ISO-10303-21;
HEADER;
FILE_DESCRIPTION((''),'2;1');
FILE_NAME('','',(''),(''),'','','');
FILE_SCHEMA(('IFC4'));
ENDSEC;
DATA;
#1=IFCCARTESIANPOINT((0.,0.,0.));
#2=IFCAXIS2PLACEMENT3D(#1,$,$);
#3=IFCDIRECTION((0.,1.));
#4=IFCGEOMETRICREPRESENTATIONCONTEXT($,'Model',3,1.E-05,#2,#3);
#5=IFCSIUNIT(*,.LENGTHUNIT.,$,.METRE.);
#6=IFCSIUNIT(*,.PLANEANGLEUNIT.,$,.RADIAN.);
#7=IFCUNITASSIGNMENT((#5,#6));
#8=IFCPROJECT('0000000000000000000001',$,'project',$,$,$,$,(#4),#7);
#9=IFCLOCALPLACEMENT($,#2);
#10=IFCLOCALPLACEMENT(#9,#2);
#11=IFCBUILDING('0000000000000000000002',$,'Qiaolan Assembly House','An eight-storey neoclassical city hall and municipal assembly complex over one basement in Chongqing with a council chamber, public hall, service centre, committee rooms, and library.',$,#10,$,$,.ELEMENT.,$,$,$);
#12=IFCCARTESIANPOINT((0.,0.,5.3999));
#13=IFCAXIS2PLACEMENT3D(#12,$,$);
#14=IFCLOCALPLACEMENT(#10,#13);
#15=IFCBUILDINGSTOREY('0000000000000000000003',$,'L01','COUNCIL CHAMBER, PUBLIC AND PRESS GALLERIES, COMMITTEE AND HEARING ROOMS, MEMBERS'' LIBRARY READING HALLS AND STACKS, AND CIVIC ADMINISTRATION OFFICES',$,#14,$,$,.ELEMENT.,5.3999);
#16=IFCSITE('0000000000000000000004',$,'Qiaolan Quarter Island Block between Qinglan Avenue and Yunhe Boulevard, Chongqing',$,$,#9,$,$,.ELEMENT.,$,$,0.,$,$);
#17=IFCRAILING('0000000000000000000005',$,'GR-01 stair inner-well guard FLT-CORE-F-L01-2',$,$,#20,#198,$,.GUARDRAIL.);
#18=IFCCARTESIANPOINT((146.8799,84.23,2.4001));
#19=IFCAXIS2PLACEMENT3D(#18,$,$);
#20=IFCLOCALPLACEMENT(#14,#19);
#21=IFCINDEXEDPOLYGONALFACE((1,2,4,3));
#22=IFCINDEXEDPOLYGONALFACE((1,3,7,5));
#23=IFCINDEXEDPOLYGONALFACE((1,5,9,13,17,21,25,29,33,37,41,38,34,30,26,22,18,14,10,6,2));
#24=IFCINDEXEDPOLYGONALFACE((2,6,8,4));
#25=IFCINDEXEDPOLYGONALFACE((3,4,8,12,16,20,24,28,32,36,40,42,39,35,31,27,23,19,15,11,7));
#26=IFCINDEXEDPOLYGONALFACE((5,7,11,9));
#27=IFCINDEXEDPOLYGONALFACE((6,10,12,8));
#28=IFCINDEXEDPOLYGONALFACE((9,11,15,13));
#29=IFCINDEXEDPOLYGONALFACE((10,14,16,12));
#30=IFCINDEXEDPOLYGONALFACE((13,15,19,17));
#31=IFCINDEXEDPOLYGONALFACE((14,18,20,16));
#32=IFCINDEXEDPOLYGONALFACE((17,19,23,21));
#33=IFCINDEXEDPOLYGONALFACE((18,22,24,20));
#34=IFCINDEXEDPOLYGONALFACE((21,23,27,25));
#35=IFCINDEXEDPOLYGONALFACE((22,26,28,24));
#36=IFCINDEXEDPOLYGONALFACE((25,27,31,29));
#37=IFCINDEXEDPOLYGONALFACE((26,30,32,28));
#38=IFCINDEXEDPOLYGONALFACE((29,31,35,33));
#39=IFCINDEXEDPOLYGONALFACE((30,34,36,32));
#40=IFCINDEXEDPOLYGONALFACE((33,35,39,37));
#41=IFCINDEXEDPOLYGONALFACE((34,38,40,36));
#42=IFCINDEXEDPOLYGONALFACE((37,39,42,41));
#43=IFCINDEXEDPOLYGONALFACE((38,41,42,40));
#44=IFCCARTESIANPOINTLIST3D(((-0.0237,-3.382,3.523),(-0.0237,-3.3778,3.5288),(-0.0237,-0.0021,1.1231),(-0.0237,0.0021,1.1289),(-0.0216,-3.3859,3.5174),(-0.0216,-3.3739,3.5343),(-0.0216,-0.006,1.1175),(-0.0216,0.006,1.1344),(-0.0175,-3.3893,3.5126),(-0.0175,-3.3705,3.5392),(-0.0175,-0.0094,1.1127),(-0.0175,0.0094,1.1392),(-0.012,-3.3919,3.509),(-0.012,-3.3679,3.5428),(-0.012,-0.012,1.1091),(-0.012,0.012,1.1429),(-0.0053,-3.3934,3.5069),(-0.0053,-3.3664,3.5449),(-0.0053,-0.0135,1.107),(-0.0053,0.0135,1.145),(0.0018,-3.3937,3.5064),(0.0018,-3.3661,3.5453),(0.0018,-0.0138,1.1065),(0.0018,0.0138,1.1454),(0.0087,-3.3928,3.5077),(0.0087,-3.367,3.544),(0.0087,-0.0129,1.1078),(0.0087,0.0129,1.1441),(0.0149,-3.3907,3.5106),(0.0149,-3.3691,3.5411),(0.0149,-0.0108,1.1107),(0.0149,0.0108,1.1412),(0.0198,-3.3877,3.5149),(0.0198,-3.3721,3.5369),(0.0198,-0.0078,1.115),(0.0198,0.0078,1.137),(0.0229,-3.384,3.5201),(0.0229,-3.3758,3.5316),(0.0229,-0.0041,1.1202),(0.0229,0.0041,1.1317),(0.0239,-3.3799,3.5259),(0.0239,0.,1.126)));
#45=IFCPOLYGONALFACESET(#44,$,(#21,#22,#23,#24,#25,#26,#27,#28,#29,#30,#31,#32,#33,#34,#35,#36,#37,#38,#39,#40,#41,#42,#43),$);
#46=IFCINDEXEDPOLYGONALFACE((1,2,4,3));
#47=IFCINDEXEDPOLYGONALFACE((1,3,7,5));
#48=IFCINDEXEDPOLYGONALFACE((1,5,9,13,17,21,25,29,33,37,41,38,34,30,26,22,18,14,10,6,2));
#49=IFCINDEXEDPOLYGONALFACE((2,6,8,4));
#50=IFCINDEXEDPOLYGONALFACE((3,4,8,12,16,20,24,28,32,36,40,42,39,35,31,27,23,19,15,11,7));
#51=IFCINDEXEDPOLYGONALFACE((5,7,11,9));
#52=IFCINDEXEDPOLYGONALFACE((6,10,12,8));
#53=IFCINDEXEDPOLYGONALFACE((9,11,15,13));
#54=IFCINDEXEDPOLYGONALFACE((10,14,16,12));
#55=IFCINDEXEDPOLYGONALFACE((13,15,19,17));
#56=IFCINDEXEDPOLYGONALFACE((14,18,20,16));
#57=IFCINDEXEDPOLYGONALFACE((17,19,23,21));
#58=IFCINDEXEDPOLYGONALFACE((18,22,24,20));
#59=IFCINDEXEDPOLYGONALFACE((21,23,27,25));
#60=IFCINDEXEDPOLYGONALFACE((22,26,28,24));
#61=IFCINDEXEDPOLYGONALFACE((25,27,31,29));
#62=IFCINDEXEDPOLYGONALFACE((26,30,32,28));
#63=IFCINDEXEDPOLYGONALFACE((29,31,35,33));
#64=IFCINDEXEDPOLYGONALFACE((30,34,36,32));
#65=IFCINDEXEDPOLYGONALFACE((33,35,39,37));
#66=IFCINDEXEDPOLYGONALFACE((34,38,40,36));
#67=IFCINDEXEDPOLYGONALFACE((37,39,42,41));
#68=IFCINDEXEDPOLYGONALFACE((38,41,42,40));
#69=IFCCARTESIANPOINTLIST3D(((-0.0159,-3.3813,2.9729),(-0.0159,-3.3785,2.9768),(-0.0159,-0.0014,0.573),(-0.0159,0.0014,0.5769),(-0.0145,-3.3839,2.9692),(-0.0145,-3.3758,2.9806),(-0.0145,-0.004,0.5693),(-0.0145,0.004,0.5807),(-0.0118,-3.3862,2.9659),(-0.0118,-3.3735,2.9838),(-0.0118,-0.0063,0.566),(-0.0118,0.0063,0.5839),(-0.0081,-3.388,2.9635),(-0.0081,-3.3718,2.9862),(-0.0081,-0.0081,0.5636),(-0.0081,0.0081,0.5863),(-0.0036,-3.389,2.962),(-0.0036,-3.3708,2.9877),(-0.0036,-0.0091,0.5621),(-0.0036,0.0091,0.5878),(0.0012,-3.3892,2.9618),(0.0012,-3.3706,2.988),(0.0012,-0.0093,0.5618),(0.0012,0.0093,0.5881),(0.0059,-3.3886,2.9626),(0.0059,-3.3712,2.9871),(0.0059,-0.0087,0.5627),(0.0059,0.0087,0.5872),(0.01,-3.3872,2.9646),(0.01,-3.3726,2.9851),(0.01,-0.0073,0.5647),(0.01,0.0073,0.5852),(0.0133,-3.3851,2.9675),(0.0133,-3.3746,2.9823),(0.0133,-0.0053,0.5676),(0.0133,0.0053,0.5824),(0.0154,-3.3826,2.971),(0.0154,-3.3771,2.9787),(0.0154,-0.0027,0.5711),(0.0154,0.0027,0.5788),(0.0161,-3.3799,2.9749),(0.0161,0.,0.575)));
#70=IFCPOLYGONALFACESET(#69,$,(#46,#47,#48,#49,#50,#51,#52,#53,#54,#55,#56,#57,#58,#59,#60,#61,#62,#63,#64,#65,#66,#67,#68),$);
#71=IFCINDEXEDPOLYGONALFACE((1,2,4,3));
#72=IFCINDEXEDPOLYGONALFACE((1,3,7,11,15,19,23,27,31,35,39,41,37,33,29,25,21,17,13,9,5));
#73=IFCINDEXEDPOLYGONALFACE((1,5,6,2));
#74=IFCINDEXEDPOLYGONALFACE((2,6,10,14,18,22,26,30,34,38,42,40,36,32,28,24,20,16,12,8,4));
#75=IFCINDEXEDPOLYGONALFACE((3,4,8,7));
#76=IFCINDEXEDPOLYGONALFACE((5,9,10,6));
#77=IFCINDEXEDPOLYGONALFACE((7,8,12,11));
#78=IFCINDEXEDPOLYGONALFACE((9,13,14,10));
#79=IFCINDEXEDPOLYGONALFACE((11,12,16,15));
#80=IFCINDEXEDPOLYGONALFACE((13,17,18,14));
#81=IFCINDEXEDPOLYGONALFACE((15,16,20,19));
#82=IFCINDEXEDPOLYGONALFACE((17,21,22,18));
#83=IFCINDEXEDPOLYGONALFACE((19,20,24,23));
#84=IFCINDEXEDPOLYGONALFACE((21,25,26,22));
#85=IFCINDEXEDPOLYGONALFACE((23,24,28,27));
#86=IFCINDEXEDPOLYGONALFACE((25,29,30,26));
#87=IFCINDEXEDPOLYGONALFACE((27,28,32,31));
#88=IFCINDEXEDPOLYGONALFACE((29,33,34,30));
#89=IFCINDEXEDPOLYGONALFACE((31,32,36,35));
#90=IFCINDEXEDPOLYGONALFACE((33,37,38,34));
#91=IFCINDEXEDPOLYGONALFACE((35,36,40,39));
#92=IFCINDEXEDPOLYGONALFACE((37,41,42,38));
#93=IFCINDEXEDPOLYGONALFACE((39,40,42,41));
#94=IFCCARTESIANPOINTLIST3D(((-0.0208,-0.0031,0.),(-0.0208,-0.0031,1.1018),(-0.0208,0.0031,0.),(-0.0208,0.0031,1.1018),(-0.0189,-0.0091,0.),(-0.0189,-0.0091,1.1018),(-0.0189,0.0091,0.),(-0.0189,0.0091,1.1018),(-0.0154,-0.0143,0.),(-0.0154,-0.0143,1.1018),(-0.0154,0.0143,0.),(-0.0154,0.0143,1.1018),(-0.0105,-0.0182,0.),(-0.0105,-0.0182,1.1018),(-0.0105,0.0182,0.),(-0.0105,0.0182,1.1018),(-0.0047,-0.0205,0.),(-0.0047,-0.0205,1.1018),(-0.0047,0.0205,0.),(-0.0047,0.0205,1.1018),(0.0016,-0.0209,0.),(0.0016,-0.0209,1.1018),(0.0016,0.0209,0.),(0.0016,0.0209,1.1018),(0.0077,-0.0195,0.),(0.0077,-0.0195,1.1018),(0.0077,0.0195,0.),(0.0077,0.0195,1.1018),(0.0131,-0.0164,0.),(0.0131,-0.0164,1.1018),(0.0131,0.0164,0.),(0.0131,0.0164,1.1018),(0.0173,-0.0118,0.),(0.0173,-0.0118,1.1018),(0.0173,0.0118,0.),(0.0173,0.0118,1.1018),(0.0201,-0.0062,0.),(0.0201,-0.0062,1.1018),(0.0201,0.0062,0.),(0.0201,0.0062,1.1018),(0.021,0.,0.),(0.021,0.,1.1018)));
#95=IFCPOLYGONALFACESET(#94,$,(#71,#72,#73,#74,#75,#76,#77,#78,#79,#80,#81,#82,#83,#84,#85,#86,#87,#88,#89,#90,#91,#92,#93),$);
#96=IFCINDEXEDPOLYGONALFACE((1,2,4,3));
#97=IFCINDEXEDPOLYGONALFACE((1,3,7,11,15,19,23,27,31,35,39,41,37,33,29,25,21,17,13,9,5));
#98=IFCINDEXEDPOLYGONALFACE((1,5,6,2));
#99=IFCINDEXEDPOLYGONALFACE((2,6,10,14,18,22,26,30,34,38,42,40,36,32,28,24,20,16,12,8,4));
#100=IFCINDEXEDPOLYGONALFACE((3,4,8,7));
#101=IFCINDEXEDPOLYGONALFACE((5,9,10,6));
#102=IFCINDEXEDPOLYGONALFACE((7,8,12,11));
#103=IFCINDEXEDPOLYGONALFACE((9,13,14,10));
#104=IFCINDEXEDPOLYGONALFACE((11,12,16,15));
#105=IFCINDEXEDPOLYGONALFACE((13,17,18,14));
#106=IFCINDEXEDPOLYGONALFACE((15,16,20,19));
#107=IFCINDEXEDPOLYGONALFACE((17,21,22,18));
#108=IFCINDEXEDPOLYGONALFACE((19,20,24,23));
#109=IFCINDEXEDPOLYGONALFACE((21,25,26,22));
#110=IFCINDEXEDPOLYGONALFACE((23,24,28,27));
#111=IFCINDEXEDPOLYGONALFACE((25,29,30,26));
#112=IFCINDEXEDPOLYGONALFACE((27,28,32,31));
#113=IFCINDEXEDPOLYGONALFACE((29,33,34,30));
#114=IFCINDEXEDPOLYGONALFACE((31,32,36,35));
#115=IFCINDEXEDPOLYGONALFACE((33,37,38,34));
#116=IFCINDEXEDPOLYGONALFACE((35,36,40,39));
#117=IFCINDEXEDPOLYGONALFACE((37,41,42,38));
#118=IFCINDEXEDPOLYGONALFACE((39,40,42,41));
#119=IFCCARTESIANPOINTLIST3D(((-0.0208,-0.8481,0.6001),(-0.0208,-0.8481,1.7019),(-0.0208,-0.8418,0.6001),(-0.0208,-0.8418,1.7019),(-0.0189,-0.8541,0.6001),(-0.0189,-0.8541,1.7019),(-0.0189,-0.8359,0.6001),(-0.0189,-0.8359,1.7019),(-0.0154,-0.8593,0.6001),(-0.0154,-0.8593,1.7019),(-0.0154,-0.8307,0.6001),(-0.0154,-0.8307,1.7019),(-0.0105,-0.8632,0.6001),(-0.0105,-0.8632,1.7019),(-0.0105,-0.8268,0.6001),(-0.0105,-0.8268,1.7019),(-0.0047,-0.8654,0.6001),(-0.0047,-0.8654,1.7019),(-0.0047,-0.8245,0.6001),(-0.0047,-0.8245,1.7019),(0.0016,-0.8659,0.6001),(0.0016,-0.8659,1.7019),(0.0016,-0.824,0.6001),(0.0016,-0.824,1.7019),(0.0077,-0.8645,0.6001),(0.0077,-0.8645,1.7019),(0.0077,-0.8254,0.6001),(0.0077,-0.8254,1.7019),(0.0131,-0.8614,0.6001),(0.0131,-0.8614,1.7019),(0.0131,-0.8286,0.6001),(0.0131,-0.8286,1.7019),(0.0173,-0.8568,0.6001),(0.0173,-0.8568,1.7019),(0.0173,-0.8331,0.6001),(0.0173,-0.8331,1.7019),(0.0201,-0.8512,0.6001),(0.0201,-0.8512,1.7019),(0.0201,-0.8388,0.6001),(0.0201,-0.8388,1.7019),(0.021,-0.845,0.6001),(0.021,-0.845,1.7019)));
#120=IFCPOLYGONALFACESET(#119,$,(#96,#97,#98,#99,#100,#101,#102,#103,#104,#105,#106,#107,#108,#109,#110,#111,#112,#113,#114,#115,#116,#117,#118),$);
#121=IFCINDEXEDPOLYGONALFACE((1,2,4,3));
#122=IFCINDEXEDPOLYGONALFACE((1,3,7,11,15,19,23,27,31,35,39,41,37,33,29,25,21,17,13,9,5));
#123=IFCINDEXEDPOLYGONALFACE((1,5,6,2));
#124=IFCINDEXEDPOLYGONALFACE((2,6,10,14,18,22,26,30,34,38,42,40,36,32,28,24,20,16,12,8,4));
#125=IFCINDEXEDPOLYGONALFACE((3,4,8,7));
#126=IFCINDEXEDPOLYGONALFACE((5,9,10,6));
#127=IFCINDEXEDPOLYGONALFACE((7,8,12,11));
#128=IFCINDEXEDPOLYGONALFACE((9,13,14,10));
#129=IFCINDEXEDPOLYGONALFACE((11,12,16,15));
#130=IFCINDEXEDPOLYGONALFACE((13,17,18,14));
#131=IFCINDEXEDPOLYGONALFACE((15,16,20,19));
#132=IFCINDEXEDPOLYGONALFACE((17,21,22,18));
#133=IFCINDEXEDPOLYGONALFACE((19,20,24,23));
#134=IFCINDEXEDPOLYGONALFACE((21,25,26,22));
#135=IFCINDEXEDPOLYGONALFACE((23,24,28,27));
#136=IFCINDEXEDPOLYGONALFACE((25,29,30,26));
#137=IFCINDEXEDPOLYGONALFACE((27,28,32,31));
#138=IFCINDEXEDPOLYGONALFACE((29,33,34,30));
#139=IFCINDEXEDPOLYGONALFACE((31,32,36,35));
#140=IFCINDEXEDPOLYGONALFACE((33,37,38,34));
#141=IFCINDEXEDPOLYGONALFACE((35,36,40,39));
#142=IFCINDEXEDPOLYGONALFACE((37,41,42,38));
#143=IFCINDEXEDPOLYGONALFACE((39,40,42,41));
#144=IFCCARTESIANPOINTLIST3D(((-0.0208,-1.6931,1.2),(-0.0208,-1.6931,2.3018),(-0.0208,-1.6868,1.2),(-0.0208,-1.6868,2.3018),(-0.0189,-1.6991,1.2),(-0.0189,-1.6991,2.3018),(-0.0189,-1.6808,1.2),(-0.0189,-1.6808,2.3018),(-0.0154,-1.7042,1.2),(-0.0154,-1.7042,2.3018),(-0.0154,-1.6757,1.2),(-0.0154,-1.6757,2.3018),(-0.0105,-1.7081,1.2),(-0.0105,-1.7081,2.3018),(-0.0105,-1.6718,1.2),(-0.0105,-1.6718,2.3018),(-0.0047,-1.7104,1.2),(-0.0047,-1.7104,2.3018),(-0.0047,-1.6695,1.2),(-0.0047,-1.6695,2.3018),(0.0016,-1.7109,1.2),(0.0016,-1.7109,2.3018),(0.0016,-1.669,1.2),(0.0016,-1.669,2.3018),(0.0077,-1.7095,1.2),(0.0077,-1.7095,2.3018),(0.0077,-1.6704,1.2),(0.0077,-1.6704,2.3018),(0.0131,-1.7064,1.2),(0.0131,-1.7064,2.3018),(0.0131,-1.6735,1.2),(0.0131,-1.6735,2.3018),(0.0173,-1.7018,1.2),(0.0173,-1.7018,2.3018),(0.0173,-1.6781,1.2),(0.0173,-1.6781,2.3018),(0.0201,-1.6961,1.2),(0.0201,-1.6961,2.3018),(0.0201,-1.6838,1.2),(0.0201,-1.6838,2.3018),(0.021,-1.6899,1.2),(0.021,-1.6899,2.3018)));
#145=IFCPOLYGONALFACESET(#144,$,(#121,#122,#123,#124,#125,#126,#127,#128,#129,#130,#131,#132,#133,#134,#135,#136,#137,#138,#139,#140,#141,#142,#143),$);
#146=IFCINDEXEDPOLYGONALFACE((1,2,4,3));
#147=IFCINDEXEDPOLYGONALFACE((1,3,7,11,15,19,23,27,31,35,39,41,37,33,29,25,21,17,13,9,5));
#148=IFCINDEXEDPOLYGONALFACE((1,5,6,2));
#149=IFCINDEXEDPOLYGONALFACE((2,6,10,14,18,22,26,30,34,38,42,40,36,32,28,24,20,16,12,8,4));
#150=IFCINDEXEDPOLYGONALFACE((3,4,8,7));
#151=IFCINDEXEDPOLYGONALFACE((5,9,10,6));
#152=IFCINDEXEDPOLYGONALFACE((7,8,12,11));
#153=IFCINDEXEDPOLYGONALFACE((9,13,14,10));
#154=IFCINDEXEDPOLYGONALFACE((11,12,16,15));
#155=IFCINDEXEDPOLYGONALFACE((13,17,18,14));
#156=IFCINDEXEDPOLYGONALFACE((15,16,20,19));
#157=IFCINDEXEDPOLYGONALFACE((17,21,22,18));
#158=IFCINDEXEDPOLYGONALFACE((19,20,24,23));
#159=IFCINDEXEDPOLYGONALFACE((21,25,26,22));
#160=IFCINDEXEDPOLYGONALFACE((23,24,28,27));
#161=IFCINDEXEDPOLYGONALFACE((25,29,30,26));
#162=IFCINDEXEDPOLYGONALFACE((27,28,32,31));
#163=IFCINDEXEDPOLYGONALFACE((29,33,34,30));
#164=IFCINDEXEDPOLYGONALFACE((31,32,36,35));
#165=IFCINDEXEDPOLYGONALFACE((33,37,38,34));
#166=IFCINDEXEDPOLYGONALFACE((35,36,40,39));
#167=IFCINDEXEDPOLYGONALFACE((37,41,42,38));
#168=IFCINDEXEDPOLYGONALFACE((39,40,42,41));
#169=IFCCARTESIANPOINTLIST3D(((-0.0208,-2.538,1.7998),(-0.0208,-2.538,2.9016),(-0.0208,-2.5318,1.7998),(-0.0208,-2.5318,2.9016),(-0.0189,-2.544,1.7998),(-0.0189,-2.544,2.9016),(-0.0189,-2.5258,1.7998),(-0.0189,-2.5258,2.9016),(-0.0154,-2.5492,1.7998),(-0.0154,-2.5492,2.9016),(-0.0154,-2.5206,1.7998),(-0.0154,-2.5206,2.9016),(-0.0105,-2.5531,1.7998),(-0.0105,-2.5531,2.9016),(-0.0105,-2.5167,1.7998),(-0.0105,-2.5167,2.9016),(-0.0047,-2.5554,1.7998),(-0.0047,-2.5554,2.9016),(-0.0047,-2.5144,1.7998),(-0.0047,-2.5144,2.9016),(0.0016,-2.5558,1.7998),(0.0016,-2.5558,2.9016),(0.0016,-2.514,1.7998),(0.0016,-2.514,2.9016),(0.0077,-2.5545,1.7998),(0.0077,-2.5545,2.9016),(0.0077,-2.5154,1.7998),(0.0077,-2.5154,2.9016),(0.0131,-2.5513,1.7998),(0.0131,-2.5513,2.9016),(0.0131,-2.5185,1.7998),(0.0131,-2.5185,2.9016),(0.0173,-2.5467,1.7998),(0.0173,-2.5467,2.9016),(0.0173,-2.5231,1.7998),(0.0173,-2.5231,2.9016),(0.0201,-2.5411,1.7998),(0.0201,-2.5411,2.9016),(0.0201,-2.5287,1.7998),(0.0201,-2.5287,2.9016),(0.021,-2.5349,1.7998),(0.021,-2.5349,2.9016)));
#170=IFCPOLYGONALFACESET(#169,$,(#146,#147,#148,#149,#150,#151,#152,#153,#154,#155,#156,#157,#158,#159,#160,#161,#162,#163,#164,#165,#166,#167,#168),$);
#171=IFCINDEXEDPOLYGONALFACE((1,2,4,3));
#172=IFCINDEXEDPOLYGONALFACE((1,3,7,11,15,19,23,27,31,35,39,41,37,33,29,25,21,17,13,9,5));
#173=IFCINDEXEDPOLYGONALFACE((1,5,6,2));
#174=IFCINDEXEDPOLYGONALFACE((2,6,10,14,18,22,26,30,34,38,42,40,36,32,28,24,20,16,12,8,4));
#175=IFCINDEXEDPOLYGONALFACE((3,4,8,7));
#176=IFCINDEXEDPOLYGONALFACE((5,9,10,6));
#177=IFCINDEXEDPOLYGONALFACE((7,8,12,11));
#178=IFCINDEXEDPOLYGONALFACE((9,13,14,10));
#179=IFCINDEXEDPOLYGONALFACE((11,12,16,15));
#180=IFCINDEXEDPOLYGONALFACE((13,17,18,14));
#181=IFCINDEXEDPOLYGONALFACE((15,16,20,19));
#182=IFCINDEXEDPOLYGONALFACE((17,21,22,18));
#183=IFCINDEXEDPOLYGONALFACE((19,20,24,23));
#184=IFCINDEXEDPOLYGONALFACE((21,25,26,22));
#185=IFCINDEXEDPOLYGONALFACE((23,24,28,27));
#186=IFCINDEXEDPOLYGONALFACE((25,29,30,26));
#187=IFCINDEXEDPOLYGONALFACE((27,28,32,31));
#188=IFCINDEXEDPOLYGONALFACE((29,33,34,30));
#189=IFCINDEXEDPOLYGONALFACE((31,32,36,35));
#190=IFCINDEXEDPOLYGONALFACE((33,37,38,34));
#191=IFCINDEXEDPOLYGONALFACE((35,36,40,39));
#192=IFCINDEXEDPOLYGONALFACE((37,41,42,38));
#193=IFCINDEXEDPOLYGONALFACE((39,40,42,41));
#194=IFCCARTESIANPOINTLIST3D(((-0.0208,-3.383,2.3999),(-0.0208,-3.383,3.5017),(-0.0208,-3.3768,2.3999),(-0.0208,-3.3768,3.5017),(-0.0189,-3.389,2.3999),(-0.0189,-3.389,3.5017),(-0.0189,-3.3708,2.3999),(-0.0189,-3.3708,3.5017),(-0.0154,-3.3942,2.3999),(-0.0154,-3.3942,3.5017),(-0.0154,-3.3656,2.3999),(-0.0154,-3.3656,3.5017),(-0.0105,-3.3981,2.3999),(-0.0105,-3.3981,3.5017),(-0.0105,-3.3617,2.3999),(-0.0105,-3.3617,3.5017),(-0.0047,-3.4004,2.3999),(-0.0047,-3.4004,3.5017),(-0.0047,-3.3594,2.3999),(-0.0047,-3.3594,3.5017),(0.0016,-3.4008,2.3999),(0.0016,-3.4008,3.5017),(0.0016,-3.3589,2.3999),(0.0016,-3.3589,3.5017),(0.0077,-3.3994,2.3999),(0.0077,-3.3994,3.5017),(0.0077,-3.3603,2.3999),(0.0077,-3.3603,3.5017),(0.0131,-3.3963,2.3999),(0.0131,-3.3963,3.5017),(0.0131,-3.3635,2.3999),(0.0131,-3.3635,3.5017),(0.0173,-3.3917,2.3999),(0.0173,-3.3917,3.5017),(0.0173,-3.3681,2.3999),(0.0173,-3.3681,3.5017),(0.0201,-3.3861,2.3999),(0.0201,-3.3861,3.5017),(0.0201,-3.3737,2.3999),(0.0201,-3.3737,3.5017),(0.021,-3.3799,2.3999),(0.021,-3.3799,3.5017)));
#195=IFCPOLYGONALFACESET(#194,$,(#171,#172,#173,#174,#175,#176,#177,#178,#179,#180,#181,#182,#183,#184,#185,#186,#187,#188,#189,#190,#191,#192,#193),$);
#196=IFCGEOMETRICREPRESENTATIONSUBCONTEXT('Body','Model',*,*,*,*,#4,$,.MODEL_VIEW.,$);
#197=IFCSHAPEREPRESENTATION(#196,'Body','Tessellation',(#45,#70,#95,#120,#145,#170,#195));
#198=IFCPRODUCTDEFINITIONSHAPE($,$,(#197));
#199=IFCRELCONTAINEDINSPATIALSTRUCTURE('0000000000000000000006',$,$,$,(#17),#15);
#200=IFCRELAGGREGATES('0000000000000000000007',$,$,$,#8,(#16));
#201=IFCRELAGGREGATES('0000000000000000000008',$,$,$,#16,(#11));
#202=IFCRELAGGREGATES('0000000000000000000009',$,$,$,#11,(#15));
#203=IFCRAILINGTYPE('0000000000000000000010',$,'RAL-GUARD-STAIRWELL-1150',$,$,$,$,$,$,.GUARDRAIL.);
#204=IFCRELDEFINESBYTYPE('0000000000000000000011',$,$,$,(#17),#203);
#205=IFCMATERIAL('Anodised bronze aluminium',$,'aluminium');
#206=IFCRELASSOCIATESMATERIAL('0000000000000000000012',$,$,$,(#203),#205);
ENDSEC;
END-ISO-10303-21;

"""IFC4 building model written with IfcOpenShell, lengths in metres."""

from ifc_helpers import new_model, si_unit, direction, frame, origin, origin_2d, place, context, subcontext, project, spatial, circle, extrude, material, type_object, element, save


model = new_model("IFC4")

# Units and contexts
model_context = context("Model", 3, precision=1e-05, world=origin(), true_north=direction((0.0, 1.0)))
body_context = subcontext(model_context, "Body", "Model", "MODEL_VIEW")
ifc_project = project(units=[si_unit("LENGTHUNIT", "METRE"), si_unit("PLANEANGLEUNIT", "RADIAN")], contexts=[model_context])

# Site, building, storey
site_placement = place(None, origin())
site = spatial("IfcSite", under=ifc_project, at=site_placement, Name="Qiaolan Quarter Island Block between Qinglan Avenue and Yunhe Boulevard, Chongqing", CompositionType="ELEMENT", RefElevation=0.0)
building_placement = place(site_placement, origin())
building = spatial("IfcBuilding", under=site, at=building_placement, Name="Qiaolan Assembly House", Description="An eight-storey neoclassical city hall and municipal assembly complex over one basement in Chongqing with a council chamber, public hall, service centre, committee rooms, and library.", CompositionType="ELEMENT")
storey_placement = place(building_placement, frame((0.0, 0.0, 5.3999)))
storey = spatial("IfcBuildingStorey", under=building, at=storey_placement, Name="L01", Description="COUNCIL CHAMBER, PUBLIC AND PRESS GALLERIES, COMMITTEE AND HEARING ROOMS, MEMBERS' LIBRARY READING HALLS AND STACKS, AND CIVIC ADMINISTRATION OFFICES", CompositionType="ELEMENT", Elevation=5.3999)

# Shared definitions
ifc_material_1 = material(Name="Anodised bronze aluminium", Category="aluminium")

# Railing
railing_type_1 = type_object("IfcRailingType", Name="RAL-GUARD-STAIRWELL-1150", PredefinedType="GUARDRAIL", material=ifc_material_1)
railing_1_placement = place(storey_placement, frame((146.8799, 84.23, 2.4001)))
element("IfcRailing", 1, at=railing_1_placement, inside=storey, type_object=railing_type_1, Name="GR-01 stair inner-well guard FLT-CORE-F-L01-2", PredefinedType="GUARDRAIL", context=body_context, shape_type="SweptSolid", body=[
    extrude(circle(Radius=0.0239, at=origin_2d()), frame((0.0, 0.0, 1.126), z_axis=(0.0, -0.815362, 0.578952), x_axis=(1.0, 0.0, 0.0)), (0.0, 0.0, 1.0), 4.1453),
    extrude(circle(Radius=0.0161, at=origin_2d()), frame((0.0, 0.0, 0.575), z_axis=(0.0, -0.815362, 0.578952), x_axis=(1.0, 0.0, 0.0)), (0.0, 0.0, 1.0), 4.1453),
    extrude(circle(Radius=0.021, at=origin_2d()), origin(), (0.0, 0.0, 1.0), 1.1018),
    extrude(circle(Radius=0.021, at=origin_2d()), frame((0.0, -0.845, 0.6001)), (0.0, 0.0, 1.0), 1.1018),
    extrude(circle(Radius=0.021, at=origin_2d()), frame((0.0, -1.6899, 1.2)), (0.0, 0.0, 1.0), 1.1018),
    extrude(circle(Radius=0.021, at=origin_2d()), frame((0.0, -2.5349, 1.7998)), (0.0, 0.0, 1.0), 1.1018),
    extrude(circle(Radius=0.021, at=origin_2d()), frame((0.0, -3.3799, 2.3999)), (0.0, 0.0, 1.0), 1.1018),
])

save(model, "model.ifc")
